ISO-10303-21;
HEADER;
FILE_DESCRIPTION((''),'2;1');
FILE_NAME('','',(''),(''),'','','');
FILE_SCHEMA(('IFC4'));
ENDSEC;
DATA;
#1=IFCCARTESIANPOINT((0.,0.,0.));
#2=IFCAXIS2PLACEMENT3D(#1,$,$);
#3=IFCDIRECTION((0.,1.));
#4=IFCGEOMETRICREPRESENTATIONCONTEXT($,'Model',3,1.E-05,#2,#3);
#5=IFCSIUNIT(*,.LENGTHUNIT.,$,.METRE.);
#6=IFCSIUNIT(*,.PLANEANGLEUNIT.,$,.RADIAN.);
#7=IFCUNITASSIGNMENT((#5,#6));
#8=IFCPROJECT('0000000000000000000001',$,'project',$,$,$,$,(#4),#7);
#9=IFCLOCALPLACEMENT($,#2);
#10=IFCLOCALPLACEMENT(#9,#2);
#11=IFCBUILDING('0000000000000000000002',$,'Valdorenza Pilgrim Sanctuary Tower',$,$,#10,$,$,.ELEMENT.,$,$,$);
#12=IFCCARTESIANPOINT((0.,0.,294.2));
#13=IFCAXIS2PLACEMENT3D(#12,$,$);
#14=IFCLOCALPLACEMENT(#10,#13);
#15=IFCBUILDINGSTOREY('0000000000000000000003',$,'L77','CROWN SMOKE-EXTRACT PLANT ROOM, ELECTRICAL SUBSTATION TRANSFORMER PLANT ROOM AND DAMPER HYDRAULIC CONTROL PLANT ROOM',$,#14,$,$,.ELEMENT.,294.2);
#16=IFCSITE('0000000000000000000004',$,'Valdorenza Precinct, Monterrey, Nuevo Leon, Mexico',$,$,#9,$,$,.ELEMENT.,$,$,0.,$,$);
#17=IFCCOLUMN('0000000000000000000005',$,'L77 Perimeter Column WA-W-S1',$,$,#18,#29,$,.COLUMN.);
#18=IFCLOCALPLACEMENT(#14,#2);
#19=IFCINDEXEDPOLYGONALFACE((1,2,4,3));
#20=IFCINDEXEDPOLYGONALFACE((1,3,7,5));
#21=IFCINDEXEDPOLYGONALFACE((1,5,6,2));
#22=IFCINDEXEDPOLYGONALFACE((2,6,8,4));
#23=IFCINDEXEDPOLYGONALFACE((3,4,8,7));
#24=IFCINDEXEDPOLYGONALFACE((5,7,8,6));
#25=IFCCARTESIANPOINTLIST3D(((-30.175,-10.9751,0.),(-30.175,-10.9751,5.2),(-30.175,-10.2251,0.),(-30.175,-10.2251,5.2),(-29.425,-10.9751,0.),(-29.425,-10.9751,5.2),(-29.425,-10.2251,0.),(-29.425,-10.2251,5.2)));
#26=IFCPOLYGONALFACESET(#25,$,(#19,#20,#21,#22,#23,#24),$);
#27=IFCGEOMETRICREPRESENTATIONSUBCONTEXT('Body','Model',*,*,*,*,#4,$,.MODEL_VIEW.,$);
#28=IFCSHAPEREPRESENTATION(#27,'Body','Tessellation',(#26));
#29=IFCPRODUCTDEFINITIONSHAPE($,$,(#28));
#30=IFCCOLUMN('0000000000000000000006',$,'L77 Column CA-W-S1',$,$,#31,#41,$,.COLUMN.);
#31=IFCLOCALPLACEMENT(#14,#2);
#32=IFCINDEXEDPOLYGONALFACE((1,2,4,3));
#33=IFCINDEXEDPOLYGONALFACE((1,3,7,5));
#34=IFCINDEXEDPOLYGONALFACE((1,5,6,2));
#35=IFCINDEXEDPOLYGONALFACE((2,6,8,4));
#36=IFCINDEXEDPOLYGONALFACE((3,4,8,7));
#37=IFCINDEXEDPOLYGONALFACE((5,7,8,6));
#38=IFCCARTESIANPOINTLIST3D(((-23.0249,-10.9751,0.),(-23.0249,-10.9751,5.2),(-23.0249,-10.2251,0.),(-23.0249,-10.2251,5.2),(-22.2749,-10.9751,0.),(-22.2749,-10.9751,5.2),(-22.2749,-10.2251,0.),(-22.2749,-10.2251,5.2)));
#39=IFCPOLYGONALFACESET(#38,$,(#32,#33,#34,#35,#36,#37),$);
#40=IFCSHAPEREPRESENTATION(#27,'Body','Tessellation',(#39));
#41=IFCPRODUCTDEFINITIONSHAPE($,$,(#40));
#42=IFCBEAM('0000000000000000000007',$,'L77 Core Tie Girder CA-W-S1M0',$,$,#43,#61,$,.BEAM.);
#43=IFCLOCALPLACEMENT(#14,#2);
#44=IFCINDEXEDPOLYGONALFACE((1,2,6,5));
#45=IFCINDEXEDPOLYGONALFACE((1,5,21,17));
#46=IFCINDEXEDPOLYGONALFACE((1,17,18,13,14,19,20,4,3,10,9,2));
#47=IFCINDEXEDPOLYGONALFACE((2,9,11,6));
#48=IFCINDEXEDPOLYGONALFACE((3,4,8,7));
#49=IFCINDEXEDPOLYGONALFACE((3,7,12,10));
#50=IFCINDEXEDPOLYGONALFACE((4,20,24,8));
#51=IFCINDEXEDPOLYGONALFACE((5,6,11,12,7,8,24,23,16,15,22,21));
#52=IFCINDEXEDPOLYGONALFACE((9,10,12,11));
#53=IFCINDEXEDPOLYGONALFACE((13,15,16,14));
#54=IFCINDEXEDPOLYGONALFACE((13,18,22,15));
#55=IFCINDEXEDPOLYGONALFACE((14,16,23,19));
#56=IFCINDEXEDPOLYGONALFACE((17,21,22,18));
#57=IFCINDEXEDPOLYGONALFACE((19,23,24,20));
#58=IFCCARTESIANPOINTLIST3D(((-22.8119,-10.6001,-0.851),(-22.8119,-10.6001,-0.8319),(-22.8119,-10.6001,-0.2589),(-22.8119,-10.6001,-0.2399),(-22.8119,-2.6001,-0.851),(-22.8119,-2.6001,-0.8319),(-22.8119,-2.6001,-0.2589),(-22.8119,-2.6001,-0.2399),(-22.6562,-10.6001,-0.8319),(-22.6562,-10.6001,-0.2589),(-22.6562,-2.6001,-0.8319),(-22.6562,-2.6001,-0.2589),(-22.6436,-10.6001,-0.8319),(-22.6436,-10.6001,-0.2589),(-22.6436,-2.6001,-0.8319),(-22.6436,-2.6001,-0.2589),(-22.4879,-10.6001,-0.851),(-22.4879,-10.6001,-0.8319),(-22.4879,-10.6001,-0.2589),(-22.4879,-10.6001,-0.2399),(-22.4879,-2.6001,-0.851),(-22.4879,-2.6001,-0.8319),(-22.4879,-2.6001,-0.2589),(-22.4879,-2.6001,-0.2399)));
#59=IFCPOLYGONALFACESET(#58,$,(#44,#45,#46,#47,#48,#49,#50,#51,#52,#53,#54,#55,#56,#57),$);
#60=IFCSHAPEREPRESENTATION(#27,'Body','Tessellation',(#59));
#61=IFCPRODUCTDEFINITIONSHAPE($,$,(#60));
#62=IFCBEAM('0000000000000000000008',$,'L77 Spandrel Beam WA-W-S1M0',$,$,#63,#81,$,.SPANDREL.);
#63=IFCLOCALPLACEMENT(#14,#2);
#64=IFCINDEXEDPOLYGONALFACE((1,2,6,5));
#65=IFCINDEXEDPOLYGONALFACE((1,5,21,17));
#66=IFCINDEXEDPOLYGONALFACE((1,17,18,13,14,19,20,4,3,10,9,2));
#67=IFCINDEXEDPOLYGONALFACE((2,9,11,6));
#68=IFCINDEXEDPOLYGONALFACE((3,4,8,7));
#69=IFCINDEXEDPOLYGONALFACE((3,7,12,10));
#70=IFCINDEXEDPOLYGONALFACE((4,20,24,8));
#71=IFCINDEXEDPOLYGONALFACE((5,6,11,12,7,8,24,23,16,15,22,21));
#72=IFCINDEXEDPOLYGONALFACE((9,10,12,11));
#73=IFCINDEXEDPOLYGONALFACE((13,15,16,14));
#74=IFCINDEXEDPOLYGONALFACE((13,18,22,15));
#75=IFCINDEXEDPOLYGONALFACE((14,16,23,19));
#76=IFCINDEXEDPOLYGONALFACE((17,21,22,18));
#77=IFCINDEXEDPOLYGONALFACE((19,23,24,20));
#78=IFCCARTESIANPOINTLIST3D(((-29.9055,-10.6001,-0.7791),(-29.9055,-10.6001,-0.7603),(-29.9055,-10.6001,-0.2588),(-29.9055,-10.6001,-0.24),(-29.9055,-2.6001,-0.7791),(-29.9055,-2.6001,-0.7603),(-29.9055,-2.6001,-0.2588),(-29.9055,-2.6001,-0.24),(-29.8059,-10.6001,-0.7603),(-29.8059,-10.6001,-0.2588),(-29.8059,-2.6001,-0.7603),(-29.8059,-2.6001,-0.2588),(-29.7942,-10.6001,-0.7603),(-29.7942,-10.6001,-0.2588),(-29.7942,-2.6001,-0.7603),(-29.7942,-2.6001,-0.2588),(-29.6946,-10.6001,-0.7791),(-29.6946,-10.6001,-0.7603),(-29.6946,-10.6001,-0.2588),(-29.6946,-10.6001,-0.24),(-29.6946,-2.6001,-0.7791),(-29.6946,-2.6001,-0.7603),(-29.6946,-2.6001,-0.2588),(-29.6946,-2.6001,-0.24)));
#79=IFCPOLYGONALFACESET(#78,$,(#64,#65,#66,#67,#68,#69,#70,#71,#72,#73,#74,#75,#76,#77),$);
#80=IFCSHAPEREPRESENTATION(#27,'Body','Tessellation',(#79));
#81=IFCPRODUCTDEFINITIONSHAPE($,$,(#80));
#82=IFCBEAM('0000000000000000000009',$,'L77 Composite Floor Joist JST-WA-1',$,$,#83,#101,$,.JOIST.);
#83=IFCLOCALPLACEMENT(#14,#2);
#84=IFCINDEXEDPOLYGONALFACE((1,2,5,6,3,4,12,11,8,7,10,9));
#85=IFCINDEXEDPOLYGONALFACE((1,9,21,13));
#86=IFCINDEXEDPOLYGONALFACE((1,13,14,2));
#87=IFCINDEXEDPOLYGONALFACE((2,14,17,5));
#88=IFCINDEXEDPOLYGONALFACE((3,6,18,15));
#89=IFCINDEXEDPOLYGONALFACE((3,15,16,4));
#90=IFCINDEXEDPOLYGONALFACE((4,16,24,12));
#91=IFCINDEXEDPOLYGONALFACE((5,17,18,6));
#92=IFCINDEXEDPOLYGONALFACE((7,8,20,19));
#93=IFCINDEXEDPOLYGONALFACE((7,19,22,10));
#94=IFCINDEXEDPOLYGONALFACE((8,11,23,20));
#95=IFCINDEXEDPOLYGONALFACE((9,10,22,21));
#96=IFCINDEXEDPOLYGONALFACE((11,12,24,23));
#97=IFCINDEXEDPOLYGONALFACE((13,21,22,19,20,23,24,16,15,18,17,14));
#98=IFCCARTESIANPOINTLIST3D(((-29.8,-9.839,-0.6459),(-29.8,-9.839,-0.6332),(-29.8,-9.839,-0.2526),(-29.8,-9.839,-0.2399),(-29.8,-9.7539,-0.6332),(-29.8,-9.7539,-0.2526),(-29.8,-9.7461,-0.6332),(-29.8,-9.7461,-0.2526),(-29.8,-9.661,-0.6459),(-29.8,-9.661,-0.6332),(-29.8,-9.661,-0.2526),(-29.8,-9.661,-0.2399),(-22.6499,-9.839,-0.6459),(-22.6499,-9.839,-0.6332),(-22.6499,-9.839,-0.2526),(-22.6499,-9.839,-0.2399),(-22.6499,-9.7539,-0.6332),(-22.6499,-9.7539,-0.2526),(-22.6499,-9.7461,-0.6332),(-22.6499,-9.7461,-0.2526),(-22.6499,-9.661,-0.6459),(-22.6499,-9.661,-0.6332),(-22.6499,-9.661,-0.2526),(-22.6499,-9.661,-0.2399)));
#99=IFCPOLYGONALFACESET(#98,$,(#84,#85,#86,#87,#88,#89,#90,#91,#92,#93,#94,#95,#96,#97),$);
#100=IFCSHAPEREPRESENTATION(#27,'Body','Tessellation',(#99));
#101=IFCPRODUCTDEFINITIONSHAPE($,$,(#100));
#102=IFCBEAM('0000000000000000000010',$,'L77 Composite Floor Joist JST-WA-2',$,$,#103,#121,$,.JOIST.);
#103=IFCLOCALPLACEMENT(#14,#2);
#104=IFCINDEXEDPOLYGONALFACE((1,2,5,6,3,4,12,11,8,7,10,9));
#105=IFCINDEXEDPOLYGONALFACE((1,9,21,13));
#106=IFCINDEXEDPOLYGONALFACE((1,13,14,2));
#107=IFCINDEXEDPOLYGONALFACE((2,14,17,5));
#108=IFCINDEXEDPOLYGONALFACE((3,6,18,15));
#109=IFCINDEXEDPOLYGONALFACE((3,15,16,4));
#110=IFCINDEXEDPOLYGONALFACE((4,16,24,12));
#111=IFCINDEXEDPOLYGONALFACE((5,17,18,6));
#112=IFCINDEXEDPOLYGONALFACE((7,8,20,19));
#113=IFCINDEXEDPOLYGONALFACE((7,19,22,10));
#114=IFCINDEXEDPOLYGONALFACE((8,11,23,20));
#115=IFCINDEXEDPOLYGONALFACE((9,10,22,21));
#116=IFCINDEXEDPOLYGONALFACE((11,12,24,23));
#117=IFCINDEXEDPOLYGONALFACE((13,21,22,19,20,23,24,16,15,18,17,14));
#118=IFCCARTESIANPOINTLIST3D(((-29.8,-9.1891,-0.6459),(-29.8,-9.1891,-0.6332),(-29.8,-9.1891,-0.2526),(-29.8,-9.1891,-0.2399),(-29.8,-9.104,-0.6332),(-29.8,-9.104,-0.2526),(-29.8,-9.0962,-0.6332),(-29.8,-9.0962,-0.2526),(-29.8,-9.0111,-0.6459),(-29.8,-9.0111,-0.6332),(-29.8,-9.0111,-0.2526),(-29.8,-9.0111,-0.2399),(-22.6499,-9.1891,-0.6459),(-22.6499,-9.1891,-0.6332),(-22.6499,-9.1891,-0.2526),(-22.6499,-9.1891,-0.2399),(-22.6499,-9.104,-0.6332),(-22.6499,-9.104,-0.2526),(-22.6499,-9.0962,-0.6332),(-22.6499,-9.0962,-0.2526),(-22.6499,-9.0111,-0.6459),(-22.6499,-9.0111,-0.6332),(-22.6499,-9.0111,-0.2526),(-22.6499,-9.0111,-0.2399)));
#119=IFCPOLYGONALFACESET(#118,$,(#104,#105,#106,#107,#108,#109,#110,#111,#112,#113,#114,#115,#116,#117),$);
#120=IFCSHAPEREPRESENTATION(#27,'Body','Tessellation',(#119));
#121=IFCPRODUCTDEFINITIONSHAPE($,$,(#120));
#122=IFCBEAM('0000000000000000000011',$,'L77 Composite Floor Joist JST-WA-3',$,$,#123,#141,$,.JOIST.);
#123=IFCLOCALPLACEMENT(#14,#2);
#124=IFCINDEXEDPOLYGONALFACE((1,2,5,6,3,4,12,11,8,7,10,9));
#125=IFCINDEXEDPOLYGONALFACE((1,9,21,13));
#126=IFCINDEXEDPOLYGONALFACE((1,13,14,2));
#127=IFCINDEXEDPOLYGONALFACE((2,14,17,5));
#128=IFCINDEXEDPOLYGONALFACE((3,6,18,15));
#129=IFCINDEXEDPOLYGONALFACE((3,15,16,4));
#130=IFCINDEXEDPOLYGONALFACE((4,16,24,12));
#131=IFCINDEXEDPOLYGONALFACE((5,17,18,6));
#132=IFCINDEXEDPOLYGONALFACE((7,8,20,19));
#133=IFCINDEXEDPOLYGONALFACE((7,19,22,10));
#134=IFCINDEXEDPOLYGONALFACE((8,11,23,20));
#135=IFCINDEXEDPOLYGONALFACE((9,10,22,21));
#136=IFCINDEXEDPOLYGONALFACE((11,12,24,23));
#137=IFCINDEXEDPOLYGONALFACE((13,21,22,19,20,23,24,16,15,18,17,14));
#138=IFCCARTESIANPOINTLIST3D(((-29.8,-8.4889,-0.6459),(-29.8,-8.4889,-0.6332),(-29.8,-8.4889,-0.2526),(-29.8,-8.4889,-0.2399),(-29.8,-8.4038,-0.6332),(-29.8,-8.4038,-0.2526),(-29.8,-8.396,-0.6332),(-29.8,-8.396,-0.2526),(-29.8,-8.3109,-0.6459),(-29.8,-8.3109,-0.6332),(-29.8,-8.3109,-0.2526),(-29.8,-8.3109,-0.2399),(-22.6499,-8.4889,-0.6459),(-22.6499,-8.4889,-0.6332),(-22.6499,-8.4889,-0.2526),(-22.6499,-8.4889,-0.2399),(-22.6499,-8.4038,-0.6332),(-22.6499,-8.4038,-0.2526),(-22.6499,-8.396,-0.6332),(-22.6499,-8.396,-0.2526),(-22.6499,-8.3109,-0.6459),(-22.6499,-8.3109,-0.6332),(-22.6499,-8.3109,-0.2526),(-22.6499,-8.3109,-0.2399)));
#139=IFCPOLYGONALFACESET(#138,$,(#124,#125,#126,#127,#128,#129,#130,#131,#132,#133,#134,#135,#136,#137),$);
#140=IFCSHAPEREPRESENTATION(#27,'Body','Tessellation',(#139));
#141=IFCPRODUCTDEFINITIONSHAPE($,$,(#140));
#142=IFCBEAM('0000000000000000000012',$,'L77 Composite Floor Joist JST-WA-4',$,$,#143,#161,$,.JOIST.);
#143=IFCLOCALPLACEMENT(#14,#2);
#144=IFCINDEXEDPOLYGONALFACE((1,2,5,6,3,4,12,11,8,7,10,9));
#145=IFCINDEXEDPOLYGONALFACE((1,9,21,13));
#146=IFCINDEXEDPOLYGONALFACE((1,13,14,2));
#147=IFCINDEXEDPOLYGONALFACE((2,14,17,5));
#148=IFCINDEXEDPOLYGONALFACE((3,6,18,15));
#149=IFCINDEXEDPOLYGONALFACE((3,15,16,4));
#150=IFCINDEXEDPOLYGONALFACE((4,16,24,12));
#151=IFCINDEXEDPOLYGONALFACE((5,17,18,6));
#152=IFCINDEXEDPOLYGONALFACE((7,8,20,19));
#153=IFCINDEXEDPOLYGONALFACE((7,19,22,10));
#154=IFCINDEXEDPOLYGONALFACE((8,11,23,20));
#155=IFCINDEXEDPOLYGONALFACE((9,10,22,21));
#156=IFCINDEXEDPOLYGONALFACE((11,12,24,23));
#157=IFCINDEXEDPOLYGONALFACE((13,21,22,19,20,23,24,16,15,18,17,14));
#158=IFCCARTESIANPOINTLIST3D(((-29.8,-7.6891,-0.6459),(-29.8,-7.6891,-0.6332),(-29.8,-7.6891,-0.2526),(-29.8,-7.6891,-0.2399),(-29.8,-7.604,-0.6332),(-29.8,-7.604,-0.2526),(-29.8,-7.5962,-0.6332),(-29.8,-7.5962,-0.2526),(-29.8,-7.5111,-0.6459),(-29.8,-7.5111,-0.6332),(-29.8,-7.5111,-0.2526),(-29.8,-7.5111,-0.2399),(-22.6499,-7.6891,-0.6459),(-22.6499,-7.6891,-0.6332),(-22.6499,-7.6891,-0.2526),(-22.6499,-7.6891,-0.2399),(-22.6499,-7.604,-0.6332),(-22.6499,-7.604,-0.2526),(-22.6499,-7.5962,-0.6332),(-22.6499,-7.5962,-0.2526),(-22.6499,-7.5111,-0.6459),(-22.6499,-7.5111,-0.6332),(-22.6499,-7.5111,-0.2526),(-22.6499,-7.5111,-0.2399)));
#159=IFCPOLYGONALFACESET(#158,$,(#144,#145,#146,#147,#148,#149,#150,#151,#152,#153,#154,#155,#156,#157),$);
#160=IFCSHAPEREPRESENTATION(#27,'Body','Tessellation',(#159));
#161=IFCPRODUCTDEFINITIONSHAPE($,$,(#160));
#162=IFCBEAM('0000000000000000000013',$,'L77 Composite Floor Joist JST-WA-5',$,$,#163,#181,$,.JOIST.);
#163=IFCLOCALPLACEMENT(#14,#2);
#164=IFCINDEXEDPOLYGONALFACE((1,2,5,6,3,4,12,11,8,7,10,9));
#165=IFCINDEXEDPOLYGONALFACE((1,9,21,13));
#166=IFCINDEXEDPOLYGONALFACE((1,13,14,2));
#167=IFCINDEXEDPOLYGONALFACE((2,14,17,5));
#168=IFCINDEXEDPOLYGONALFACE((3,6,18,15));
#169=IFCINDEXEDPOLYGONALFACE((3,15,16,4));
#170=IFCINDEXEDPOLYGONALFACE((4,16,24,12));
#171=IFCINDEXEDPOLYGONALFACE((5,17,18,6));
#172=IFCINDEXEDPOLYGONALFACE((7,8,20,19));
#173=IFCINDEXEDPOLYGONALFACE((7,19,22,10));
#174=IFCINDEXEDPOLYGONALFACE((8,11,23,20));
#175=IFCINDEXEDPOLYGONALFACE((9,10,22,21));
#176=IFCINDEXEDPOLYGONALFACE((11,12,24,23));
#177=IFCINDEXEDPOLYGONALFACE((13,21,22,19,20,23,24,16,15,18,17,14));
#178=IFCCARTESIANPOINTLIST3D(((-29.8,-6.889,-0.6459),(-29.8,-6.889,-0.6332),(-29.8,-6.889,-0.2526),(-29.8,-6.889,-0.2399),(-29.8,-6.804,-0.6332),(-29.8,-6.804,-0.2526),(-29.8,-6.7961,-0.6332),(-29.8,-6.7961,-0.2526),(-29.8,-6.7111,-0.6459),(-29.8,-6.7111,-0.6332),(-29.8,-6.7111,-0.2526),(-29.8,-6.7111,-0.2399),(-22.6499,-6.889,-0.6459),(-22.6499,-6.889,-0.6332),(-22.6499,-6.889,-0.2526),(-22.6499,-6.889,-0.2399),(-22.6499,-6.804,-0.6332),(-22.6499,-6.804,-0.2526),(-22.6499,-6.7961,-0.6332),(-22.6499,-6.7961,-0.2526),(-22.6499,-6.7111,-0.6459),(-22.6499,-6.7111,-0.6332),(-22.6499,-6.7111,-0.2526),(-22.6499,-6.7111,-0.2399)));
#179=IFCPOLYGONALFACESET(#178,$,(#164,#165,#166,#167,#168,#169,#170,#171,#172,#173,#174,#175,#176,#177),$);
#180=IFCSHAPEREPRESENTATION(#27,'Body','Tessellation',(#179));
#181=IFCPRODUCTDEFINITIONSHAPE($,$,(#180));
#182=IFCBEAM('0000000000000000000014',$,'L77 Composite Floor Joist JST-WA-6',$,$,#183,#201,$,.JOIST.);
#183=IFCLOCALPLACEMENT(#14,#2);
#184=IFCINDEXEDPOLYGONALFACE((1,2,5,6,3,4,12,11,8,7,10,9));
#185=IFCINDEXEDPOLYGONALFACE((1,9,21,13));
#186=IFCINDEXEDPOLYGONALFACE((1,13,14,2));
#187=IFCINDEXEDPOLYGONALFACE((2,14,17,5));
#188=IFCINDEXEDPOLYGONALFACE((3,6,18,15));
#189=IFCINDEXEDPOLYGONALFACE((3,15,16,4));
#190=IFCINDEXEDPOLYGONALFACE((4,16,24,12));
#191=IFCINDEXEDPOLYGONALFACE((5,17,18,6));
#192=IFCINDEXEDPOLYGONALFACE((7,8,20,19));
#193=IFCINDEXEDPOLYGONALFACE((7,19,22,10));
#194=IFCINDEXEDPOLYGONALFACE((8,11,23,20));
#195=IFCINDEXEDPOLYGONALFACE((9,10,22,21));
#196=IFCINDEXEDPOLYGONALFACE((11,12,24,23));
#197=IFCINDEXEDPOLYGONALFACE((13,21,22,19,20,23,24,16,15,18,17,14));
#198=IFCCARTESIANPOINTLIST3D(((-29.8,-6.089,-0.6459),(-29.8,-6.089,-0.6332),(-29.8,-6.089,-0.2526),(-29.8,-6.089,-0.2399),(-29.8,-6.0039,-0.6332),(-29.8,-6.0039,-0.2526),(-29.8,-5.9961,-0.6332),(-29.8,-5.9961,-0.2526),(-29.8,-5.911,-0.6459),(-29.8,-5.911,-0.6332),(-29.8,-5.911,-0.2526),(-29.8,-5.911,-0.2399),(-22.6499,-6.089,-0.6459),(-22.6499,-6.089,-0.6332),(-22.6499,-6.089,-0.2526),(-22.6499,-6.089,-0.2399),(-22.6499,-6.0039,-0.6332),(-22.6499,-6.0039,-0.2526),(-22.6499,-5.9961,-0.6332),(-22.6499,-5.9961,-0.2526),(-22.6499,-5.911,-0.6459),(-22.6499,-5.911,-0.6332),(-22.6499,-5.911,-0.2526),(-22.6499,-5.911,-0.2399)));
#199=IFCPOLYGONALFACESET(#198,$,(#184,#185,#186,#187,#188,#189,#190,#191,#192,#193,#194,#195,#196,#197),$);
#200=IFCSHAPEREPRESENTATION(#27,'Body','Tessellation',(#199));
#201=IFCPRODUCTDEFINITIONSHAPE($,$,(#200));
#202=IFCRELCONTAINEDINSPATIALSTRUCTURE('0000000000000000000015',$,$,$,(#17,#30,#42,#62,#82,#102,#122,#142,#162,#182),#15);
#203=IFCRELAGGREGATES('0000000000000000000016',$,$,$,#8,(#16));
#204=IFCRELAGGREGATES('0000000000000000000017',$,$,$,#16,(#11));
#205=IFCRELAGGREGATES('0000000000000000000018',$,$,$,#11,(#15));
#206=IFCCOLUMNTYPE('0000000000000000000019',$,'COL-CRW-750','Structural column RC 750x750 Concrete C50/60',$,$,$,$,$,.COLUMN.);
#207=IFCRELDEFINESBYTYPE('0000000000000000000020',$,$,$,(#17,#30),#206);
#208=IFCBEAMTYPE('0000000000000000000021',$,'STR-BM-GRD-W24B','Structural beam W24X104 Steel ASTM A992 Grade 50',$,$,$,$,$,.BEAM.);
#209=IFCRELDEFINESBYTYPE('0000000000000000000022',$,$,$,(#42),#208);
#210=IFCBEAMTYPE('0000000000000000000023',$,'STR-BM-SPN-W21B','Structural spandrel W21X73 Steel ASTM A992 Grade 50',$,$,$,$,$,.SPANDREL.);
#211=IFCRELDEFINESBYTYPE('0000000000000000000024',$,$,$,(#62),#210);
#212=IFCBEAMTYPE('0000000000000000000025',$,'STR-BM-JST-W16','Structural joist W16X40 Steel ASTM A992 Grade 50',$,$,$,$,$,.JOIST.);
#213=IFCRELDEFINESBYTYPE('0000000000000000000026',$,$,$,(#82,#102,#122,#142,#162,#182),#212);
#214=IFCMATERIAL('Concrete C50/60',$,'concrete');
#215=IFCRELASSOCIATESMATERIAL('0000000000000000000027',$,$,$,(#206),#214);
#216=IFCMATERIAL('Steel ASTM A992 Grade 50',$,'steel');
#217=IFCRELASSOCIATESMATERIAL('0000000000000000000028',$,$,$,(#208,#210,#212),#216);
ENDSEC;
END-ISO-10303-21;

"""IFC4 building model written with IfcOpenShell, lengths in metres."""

from ifc_helpers import new_model, si_unit, direction, frame, origin, origin_2d, place, context, subcontext, project, spatial, rectangle, i_section, extrude, source, transform, mapped, material, material_profile, profile_set, type_object, element, save


model = new_model("IFC4")

# Units and contexts
model_context = context("Model", 3, precision=1e-05, world=origin(), true_north=direction((0.0, 1.0)))
body_context = subcontext(model_context, "Body", "Model", "MODEL_VIEW")
ifc_project = project(units=[si_unit("LENGTHUNIT", "METRE"), si_unit("PLANEANGLEUNIT", "RADIAN")], contexts=[model_context])

# Site, building, storey
site_placement = place(None, origin())
site = spatial("IfcSite", under=ifc_project, at=site_placement, Name="Valdorenza Precinct, Monterrey, Nuevo Leon, Mexico", CompositionType="ELEMENT", RefElevation=0.0)
building_placement = place(site_placement, origin())
building = spatial("IfcBuilding", under=site, at=building_placement, Name="Valdorenza Pilgrim Sanctuary Tower", CompositionType="ELEMENT")
storey_placement = place(building_placement, frame((0.0, 0.0, 294.2)))
storey = spatial("IfcBuildingStorey", under=building, at=storey_placement, Name="L77", Description="CROWN SMOKE-EXTRACT PLANT ROOM, ELECTRICAL SUBSTATION TRANSFORMER PLANT ROOM AND DAMPER HYDRAULIC CONTROL PLANT ROOM", CompositionType="ELEMENT", Elevation=294.2)

# Columns
ifc_material_1 = material(Name="Concrete C50/60", Category="concrete")
ifc_material_profile_1 = material_profile(ifc_material_1, rectangle(XDim=0.75, YDim=0.75, at=origin_2d()), Name="RC 750x750")
ifc_profile_set_1 = profile_set([ifc_material_profile_1], Name="Concrete C50/60")
column_type = type_object("IfcColumnType", Name="COL-CRW-750", Description="Structural column RC 750x750 Concrete C50/60", PredefinedType="COLUMN", material=ifc_profile_set_1)
shared_shape_1 = source(origin(), body_context, "Body", "SweptSolid", [
    extrude(rectangle(XDim=0.75, YDim=0.75, at=origin_2d()), origin(), (0.0, 0.0, 1.0), 5.2),
])
for number, where, z_axis, x_axis, name in (
    (1, (-29.8, -10.6001, 0.0), (0.0, 0.0, 1.0), (1.0, 0.0, 0.0), "L77 Perimeter Column WA-W-S1"),
    (2, (-22.6499, -10.6001, 0.0), (0.0, 0.0, 1.0), (1.0, 0.0, 0.0), "L77 Column CA-W-S1"),
):
    element("IfcColumn", number, at=place(storey_placement, frame(where, z_axis=z_axis, x_axis=x_axis)), inside=storey, type_object=column_type, Name=name, PredefinedType="COLUMN", context=body_context, shape_type="MappedRepresentation", body=[
        mapped(shared_shape_1, transform((0.0, 0.0, 0.0), x_axis=(1.0, 0.0, 0.0), y_axis=(0.0, 1.0, 0.0), z_axis=(0.0, 0.0, 1.0), scale=1.0)),
    ])

# Beams
ifc_material_2 = material(Name="Steel ASTM A992 Grade 50", Category="steel")
ifc_material_profile_2 = material_profile(ifc_material_2, i_section(OverallWidth=0.324, OverallDepth=0.6111, WebThickness=0.0127, FlangeThickness=0.019, at=origin_2d()), Name="W24X104")
ifc_profile_set_2 = profile_set([ifc_material_profile_2], Name="Steel ASTM A992 Grade 50")
beam_type_1 = type_object("IfcBeamType", Name="STR-BM-GRD-W24B", Description="Structural beam W24X104 Steel ASTM A992 Grade 50", PredefinedType="BEAM", material=ifc_profile_set_2)
shared_shape_2 = source(origin(), body_context, "Body", "SweptSolid", [
    extrude(i_section(OverallWidth=0.324, OverallDepth=0.6111, WebThickness=0.0127, FlangeThickness=0.019, at=origin_2d()), origin(), (0.0, 0.0, 1.0), 8.0),
])
beam_1_placement = place(storey_placement, frame((-22.6499, -10.6001, -0.5454), z_axis=(0.0, 1.0, 0.0), x_axis=(-1.0, 0.0, 0.0)))
element("IfcBeam", 3, at=beam_1_placement, inside=storey, type_object=beam_type_1, Name="L77 Core Tie Girder CA-W-S1M0", PredefinedType="BEAM", context=body_context, shape_type="MappedRepresentation", body=[
    mapped(shared_shape_2, transform((0.0, 0.0, 0.0), x_axis=(1.0, 0.0, 0.0), y_axis=(0.0, 1.0, 0.0), z_axis=(0.0, 0.0, 1.0), scale=1.0)),
])
ifc_material_profile_3 = material_profile(ifc_material_2, i_section(OverallWidth=0.2109, OverallDepth=0.5391, WebThickness=0.0117, FlangeThickness=0.0188, at=origin_2d()), Name="W21X73")
ifc_profile_set_3 = profile_set([ifc_material_profile_3], Name="Steel ASTM A992 Grade 50")
beam_type_2 = type_object("IfcBeamType", Name="STR-BM-SPN-W21B", Description="Structural spandrel W21X73 Steel ASTM A992 Grade 50", PredefinedType="SPANDREL", material=ifc_profile_set_3)
shared_shape_3 = source(origin(), body_context, "Body", "SweptSolid", [
    extrude(i_section(OverallWidth=0.2109, OverallDepth=0.5391, WebThickness=0.0117, FlangeThickness=0.0188, at=origin_2d()), origin(), (0.0, 0.0, 1.0), 8.0),
])
beam_2_placement = place(storey_placement, frame((-29.8, -10.6001, -0.5095), z_axis=(0.0, 1.0, 0.0), x_axis=(-1.0, 0.0, 0.0)))
element("IfcBeam", 4, at=beam_2_placement, inside=storey, type_object=beam_type_2, Name="L77 Spandrel Beam WA-W-S1M0", PredefinedType="SPANDREL", context=body_context, shape_type="MappedRepresentation", body=[
    mapped(shared_shape_3, transform((0.0, 0.0, 0.0), x_axis=(1.0, 0.0, 0.0), y_axis=(0.0, 1.0, 0.0), z_axis=(0.0, 0.0, 1.0), scale=1.0)),
])
ifc_material_profile_4 = material_profile(ifc_material_2, i_section(OverallWidth=0.178, OverallDepth=0.406, WebThickness=0.0078, FlangeThickness=0.0127, at=origin_2d()), Name="W16X40")
ifc_profile_set_4 = profile_set([ifc_material_profile_4], Name="Steel ASTM A992 Grade 50")
beam_type_3 = type_object("IfcBeamType", Name="STR-BM-JST-W16", Description="Structural joist W16X40 Steel ASTM A992 Grade 50", PredefinedType="JOIST", material=ifc_profile_set_4)
shared_shape_4 = source(origin(), body_context, "Body", "SweptSolid", [
    extrude(i_section(OverallWidth=0.178, OverallDepth=0.406, WebThickness=0.0078, FlangeThickness=0.0127, at=origin_2d()), origin(), (0.0, 0.0, 1.0), 7.1501),
])
for number, where, z_axis, x_axis, name in (
    (5, (-29.8, -9.75, -0.4429), (1.0, 0.0, 0.0), (0.0, 1.0, 0.0), "L77 Composite Floor Joist JST-WA-1"),
    (6, (-29.8, -9.1001, -0.4429), (1.0, 0.0, 0.0), (0.0, 1.0, 0.0), "L77 Composite Floor Joist JST-WA-2"),
    (7, (-29.8, -8.3999, -0.4429), (1.0, 0.0, 0.0), (0.0, 1.0, 0.0), "L77 Composite Floor Joist JST-WA-3"),
    (8, (-29.8, -7.6001, -0.4429), (1.0, 0.0, 0.0), (0.0, 1.0, 0.0), "L77 Composite Floor Joist JST-WA-4"),
    (9, (-29.8, -6.8, -0.4429), (1.0, 0.0, 0.0), (0.0, 1.0, 0.0), "L77 Composite Floor Joist JST-WA-5"),
    (10, (-29.8, -6.0, -0.4429), (1.0, 0.0, 0.0), (0.0, 1.0, 0.0), "L77 Composite Floor Joist JST-WA-6"),
):
    element("IfcBeam", number, at=place(storey_placement, frame(where, z_axis=z_axis, x_axis=x_axis)), inside=storey, type_object=beam_type_3, Name=name, PredefinedType="JOIST", context=body_context, shape_type="MappedRepresentation", body=[
        mapped(shared_shape_4, transform((0.0, 0.0, 0.0), x_axis=(1.0, 0.0, 0.0), y_axis=(0.0, 1.0, 0.0), z_axis=(0.0, 0.0, 1.0), scale=1.0)),
    ])

save(model, "model.ifc")
